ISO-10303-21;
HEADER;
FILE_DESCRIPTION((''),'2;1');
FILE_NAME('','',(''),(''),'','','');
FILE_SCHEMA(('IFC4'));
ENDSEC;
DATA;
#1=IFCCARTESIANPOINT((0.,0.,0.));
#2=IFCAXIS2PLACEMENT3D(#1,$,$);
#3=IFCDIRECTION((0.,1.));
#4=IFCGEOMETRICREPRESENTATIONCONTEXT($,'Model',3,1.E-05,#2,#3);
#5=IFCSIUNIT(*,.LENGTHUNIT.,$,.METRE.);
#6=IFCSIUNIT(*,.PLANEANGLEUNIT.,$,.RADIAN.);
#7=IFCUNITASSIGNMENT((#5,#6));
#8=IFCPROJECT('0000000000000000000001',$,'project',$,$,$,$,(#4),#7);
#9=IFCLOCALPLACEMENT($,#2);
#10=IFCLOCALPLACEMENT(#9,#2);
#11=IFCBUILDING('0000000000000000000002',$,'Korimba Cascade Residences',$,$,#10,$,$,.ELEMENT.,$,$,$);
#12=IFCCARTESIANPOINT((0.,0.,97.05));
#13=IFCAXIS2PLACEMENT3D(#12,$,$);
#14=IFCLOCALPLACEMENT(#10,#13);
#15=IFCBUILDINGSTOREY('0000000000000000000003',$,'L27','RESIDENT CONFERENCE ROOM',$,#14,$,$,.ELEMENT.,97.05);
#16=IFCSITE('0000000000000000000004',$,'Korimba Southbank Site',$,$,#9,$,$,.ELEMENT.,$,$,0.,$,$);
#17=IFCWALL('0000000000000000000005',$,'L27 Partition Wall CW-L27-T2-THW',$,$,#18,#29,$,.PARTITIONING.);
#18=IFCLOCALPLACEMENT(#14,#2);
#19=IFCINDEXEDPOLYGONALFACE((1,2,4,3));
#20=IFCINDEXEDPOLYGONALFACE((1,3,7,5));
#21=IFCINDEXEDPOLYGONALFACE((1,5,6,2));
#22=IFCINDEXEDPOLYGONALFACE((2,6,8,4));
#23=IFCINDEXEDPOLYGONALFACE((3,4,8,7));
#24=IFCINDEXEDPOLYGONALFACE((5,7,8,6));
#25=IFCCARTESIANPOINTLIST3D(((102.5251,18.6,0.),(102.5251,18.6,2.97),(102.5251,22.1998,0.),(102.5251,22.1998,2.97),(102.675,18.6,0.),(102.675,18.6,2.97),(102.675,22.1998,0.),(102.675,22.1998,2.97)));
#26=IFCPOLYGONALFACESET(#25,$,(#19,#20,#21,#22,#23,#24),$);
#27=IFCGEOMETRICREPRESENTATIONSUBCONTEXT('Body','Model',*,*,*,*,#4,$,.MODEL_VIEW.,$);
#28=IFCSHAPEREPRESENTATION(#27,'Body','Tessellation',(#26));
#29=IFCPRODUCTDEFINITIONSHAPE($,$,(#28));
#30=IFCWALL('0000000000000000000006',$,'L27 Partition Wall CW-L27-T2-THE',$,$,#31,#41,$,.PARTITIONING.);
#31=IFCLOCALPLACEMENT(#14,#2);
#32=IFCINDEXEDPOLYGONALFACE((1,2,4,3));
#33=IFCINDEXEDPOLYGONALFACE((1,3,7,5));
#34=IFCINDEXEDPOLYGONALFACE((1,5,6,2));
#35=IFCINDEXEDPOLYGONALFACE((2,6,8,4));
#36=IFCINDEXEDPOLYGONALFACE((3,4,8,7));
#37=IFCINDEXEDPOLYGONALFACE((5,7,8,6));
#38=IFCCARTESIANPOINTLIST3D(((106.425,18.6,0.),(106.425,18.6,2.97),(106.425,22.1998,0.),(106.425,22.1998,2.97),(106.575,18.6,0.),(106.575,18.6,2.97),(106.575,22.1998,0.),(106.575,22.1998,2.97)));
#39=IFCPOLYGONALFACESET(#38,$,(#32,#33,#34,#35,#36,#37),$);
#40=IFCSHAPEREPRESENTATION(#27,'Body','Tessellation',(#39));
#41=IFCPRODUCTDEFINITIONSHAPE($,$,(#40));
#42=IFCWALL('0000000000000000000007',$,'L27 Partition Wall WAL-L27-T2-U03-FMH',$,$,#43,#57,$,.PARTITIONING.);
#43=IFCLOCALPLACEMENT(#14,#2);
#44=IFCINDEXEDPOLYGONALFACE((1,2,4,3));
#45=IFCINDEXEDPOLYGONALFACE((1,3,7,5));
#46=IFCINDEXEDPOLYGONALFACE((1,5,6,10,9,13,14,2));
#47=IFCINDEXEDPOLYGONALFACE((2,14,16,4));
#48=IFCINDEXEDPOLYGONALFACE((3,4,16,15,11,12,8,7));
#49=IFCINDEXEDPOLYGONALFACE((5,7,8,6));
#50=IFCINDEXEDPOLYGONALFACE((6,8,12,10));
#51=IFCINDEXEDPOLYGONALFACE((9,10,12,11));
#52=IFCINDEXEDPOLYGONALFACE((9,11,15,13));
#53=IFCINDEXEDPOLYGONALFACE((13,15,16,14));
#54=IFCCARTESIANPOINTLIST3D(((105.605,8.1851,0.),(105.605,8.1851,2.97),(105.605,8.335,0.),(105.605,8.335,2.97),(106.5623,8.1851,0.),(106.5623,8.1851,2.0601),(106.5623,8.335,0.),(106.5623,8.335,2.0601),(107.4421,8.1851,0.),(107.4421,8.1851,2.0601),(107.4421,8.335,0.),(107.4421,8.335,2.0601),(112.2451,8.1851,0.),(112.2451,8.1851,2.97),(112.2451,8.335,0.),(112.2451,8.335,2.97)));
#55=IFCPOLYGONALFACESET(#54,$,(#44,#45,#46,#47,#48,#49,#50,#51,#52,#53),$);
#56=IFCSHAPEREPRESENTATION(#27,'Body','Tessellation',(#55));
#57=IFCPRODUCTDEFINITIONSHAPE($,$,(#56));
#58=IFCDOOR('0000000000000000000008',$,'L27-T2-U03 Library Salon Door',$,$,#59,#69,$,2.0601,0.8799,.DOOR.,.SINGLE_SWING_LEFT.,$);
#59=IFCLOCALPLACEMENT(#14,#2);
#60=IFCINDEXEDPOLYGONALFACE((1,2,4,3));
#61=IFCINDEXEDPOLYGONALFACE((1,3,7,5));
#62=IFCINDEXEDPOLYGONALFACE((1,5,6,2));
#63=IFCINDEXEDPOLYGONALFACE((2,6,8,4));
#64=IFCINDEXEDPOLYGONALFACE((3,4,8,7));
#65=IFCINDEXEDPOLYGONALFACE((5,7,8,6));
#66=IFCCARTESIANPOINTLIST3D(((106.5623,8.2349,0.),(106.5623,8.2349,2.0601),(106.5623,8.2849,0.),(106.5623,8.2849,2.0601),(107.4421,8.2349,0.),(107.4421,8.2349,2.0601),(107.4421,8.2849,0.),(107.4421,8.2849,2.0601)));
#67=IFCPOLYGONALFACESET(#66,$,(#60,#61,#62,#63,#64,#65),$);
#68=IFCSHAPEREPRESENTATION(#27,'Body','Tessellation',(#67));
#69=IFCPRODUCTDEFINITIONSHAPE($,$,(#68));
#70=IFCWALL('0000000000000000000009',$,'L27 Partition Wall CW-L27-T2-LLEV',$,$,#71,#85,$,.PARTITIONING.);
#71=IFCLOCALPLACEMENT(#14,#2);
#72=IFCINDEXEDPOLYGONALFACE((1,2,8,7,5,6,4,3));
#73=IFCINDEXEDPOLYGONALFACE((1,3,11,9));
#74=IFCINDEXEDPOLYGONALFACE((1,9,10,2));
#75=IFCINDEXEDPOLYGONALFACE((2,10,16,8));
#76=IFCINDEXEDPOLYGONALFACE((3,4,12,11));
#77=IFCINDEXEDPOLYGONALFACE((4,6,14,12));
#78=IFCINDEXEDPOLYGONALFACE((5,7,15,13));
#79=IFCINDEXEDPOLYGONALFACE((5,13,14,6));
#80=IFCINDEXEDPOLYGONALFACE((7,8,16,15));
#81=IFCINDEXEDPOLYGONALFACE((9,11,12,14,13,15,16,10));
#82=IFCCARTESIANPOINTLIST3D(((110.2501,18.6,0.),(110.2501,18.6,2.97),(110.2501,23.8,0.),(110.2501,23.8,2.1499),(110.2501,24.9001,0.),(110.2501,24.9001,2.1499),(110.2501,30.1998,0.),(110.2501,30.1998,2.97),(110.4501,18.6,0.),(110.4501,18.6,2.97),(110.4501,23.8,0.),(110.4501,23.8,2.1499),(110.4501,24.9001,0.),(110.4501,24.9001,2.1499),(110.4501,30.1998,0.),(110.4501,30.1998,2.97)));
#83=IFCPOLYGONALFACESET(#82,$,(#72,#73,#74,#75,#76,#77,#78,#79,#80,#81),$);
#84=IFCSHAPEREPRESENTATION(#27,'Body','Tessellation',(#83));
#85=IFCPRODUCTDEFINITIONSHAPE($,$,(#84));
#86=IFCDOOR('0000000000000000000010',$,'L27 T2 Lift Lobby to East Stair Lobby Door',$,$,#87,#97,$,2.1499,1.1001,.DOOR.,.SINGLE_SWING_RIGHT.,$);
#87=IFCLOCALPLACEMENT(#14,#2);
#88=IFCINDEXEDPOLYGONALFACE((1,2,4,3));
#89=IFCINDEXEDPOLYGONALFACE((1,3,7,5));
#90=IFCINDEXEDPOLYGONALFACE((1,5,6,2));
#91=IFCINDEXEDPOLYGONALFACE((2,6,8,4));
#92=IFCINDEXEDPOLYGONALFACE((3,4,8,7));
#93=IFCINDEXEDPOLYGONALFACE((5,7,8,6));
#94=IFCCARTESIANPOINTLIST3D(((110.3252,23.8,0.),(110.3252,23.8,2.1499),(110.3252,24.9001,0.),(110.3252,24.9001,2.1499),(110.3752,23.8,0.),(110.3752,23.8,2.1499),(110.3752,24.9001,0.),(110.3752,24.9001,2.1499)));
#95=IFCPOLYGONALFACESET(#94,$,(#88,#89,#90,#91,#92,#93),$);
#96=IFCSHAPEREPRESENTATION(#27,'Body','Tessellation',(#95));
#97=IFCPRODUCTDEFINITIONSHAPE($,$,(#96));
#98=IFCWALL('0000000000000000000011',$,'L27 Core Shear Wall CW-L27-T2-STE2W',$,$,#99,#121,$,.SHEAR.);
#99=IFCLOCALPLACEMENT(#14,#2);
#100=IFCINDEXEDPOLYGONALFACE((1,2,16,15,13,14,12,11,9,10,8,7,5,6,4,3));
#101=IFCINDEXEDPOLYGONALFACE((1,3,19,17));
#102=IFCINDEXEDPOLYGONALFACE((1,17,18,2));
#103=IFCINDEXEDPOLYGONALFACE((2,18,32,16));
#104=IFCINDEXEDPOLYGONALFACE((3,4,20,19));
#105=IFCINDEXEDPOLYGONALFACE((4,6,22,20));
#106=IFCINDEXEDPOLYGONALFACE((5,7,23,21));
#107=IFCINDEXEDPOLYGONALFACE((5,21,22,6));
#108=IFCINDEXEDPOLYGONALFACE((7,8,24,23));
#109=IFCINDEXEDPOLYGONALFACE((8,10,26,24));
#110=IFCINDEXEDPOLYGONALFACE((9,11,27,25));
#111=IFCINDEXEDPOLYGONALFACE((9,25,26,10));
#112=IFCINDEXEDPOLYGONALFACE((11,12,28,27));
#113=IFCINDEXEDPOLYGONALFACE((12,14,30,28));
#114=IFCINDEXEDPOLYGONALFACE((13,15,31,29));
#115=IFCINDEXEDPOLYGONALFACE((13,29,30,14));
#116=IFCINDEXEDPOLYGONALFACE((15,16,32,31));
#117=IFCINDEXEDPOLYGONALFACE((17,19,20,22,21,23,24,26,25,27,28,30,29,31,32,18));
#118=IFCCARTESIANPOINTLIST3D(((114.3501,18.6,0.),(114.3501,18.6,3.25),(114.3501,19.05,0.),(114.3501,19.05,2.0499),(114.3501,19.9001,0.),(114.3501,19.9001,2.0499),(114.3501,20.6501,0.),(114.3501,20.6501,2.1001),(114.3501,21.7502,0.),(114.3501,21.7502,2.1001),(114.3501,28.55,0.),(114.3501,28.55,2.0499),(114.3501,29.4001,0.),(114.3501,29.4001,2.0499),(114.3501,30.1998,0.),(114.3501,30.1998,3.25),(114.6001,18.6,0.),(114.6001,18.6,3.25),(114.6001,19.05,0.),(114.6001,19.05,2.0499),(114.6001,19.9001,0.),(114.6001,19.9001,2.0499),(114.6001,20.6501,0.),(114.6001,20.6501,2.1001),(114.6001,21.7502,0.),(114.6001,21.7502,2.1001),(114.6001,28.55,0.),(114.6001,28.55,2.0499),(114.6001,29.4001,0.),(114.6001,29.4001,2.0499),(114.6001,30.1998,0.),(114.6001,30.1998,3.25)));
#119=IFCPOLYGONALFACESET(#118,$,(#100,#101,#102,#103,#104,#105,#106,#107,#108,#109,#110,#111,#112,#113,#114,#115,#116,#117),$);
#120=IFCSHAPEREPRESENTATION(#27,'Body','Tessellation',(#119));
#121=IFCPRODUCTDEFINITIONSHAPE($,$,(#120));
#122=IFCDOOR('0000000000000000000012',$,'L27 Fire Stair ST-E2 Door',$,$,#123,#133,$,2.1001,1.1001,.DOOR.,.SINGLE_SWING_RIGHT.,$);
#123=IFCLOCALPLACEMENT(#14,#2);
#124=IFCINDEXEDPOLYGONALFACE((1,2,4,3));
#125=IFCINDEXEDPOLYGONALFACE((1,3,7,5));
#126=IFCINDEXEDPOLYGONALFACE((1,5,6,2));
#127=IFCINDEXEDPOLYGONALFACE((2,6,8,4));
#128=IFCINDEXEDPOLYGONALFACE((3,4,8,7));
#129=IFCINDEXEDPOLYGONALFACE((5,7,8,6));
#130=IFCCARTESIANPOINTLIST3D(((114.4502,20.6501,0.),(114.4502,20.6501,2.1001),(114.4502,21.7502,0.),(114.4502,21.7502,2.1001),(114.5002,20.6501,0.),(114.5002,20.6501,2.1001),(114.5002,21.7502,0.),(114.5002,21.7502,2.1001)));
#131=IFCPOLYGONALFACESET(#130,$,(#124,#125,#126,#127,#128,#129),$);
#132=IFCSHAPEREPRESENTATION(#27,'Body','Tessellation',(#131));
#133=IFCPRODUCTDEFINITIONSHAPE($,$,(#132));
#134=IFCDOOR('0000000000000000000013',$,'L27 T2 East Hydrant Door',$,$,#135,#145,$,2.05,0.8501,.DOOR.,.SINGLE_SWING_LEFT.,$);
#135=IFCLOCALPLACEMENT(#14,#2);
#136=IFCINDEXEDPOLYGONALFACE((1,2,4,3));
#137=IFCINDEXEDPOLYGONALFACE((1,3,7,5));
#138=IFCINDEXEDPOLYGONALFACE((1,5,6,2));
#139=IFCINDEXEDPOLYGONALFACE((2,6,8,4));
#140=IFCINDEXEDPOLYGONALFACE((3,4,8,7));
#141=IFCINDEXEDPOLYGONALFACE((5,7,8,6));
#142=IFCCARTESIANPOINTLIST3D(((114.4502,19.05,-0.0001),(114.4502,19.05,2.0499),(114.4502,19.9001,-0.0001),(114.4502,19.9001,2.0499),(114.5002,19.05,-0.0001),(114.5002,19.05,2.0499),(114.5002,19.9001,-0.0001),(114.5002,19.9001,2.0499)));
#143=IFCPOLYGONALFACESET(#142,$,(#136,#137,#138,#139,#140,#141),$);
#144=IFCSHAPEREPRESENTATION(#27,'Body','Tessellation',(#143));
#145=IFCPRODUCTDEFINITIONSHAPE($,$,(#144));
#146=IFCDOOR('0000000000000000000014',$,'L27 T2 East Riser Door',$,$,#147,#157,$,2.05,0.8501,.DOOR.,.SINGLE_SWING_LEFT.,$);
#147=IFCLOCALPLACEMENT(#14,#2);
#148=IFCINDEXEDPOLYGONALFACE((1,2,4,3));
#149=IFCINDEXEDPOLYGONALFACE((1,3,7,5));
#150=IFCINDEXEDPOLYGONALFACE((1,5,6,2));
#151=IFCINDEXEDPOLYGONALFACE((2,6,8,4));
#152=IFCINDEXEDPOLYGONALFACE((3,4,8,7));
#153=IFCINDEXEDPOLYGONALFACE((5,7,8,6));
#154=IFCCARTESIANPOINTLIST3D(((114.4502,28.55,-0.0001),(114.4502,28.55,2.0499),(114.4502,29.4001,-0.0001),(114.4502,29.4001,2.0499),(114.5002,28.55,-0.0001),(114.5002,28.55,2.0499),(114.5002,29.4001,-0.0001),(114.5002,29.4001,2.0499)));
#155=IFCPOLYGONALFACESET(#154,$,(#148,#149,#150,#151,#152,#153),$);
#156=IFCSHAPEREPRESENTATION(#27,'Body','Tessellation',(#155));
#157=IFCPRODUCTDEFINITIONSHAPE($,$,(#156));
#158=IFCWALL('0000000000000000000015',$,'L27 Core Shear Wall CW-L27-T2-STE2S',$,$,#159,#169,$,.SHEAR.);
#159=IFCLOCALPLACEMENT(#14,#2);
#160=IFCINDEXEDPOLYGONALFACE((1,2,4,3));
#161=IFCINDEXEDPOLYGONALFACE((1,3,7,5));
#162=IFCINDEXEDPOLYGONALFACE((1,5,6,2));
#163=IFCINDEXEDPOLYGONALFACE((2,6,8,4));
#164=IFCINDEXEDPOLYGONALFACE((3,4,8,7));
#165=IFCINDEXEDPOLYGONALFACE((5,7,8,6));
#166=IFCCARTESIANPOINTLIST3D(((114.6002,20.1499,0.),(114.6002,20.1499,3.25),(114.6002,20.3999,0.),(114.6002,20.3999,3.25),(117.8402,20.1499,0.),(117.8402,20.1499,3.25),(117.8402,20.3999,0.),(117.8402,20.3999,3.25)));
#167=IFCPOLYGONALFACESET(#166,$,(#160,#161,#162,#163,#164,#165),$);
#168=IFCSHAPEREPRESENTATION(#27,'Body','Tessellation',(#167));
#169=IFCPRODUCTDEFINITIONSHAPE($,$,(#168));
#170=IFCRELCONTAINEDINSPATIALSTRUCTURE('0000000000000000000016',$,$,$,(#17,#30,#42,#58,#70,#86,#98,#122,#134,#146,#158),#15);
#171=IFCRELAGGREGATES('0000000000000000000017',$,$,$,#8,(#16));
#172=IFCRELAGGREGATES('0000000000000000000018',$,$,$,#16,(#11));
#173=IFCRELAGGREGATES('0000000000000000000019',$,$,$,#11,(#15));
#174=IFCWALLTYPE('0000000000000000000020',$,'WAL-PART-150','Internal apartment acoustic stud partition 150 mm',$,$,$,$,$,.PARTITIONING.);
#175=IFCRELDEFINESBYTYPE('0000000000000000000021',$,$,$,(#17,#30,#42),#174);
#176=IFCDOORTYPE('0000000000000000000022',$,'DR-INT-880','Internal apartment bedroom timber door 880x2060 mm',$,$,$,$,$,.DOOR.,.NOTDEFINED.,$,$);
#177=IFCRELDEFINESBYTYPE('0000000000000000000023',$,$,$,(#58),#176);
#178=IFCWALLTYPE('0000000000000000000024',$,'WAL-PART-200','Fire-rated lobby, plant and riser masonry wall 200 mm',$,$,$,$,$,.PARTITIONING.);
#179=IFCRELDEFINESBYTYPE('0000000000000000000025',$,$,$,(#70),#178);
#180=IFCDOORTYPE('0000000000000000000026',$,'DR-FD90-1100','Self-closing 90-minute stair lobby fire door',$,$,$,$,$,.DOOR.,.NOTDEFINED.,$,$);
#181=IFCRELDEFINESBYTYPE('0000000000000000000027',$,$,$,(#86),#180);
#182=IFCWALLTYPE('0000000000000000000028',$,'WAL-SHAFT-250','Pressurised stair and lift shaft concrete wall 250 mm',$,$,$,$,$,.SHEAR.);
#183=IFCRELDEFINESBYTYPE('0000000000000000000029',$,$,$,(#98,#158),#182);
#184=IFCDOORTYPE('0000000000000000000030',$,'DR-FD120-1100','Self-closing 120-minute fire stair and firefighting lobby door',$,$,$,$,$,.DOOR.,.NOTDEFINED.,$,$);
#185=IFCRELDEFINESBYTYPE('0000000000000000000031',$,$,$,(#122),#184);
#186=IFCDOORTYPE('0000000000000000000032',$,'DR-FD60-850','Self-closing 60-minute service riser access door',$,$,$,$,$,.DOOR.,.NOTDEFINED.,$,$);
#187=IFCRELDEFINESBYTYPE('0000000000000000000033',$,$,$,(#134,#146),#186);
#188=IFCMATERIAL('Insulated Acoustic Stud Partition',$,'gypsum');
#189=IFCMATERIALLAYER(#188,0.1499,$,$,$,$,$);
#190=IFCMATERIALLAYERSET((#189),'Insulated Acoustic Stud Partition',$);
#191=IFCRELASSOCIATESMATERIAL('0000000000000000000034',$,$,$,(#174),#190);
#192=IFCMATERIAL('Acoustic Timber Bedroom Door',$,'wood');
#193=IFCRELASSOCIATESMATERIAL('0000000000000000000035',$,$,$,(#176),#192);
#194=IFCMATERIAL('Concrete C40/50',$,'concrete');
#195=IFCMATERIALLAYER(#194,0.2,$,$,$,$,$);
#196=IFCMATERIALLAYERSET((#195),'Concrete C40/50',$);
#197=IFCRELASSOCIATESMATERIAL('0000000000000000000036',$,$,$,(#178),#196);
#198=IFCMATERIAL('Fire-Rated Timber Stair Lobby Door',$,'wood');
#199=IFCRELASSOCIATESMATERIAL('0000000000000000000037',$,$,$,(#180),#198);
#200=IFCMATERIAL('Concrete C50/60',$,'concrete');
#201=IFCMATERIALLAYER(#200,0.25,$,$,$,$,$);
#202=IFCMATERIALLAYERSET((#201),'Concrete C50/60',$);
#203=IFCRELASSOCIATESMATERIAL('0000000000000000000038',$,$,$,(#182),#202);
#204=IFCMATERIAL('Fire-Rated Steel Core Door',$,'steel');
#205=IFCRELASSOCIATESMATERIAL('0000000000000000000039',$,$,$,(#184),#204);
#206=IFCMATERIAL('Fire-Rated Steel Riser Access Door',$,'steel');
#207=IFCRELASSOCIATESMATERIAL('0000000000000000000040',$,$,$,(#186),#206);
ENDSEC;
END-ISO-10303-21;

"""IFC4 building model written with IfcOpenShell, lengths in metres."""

from ifc_helpers import new_model, si_unit, direction, frame, frame_2d, origin, place, context, subcontext, project, spatial, rectangle, extrude, material, layer, layer_set, type_object, element, fill, save


model = new_model("IFC4")

# Units and contexts
model_context = context("Model", 3, precision=1e-05, world=origin(), true_north=direction((0.0, 1.0)))
body_context = subcontext(model_context, "Body", "Model", "MODEL_VIEW")
ifc_project = project(units=[si_unit("LENGTHUNIT", "METRE"), si_unit("PLANEANGLEUNIT", "RADIAN")], contexts=[model_context])

# Site, building, storey
site_placement = place(None, origin())
site = spatial("IfcSite", under=ifc_project, at=site_placement, Name="Korimba Southbank Site", CompositionType="ELEMENT", RefElevation=0.0)
building_placement = place(site_placement, origin())
building = spatial("IfcBuilding", under=site, at=building_placement, Name="Korimba Cascade Residences", CompositionType="ELEMENT")
storey_placement = place(building_placement, frame((0.0, 0.0, 97.05)))
storey = spatial("IfcBuildingStorey", under=building, at=storey_placement, Name="L27", Description="RESIDENT CONFERENCE ROOM", CompositionType="ELEMENT", Elevation=97.05)

# Walls
ifc_material_1 = material(Name="Insulated Acoustic Stud Partition", Category="gypsum")
ifc_layer_1 = layer(ifc_material_1, 0.1499)
ifc_layer_set_1 = layer_set([ifc_layer_1], Name="Insulated Acoustic Stud Partition")
wall_type_1 = type_object("IfcWallType", Name="WAL-PART-150", Description="Internal apartment acoustic stud partition 150 mm", PredefinedType="PARTITIONING", material=ifc_layer_set_1)
for number, where, z_axis, x_axis, name in (
    (1, (102.6001, 18.6001, 0.0), (0.0, 0.0, 1.0), (0.0, 1.0, 0.0), "L27 Partition Wall CW-L27-T2-THW"),
    (2, (106.5, 18.6001, 0.0), (0.0, 0.0, 1.0), (0.0, 1.0, 0.0), "L27 Partition Wall CW-L27-T2-THE"),
):
    element("IfcWall", number, at=place(storey_placement, frame(where, z_axis=z_axis, x_axis=x_axis)), inside=storey, type_object=wall_type_1, Name=name, PredefinedType="PARTITIONING", context=body_context, shape_type="SweptSolid", body=[
        extrude(rectangle(XDim=3.5999, YDim=0.1499, at=frame_2d((1.7998, 0.0))), origin(), (0.0, 0.0, 1.0), 2.97),
    ])

# Walls, openings, doors
wall_1_placement = place(storey_placement, frame((105.605, 8.26, 0.0), z_axis=(0.0, 0.0, 1.0), x_axis=(1.0, 0.0, 0.0)))
wall_1 = element("IfcWall", 3, at=wall_1_placement, inside=storey, type_object=wall_type_1, Name="L27 Partition Wall WAL-L27-T2-U03-FMH", PredefinedType="PARTITIONING", context=body_context, shape_type="SweptSolid", body=[
    extrude(rectangle(XDim=6.6401, YDim=0.1499, at=frame_2d((3.3201, 0.0))), origin(), (0.0, 0.0, 1.0), 2.97),
])
opening_1_placement = place(wall_1_placement, frame((0.9573, 0.0, 0.0)))
opening_1 = element("IfcOpeningElement", 4, at=opening_1_placement, cuts=wall_1, PredefinedType="OPENING", context=body_context, shape_type="SweptSolid", body=[
    extrude(rectangle(XDim=0.8799, YDim=2.0601, at=frame_2d((0.4399, 1.03))), frame((0.0, 0.085, 0.0), z_axis=(0.0, -1.0, 0.0), x_axis=(1.0, 0.0, 0.0)), (0.0, 0.0, 1.0), 0.1699),
])
ifc_material_2 = material(Name="Acoustic Timber Bedroom Door", Category="wood")
door_type_1 = type_object("IfcDoorType", Name="DR-INT-880", Description="Internal apartment bedroom timber door 880x2060 mm", OperationType="NOTDEFINED", PredefinedType="DOOR", material=ifc_material_2)
door_1_placement = place(opening_1_placement, origin())
door_1 = element("IfcDoor", 5, at=door_1_placement, inside=storey, type_object=door_type_1, Name="L27-T2-U03 Library Salon Door", OperationType="SINGLE_SWING_LEFT", OverallHeight=2.0601, OverallWidth=0.8799, PredefinedType="DOOR", context=body_context, shape_type="SweptSolid", body=[
    extrude(rectangle(XDim=0.8799, YDim=2.0601, at=frame_2d((0.4399, 1.03))), frame((0.0, 0.0249, 0.0), z_axis=(0.0, -1.0, 0.0), x_axis=(1.0, 0.0, 0.0)), (0.0, 0.0, 1.0), 0.05),
])
fill(opening_1, door_1)
ifc_material_3 = material(Name="Concrete C40/50", Category="concrete")
ifc_layer_2 = layer(ifc_material_3, 0.2)
ifc_layer_set_2 = layer_set([ifc_layer_2], Name="Concrete C40/50")
wall_type_2 = type_object("IfcWallType", Name="WAL-PART-200", Description="Fire-rated lobby, plant and riser masonry wall 200 mm", PredefinedType="PARTITIONING", material=ifc_layer_set_2)
wall_2_placement = place(storey_placement, frame((110.3501, 18.6001, 0.0), z_axis=(0.0, 0.0, 1.0), x_axis=(0.0, 1.0, 0.0)))
wall_2 = element("IfcWall", 6, at=wall_2_placement, inside=storey, type_object=wall_type_2, Name="L27 Partition Wall CW-L27-T2-LLEV", PredefinedType="PARTITIONING", context=body_context, shape_type="SweptSolid", body=[
    extrude(rectangle(XDim=11.5999, YDim=0.2, at=frame_2d((5.7998, 0.0))), origin(), (0.0, 0.0, 1.0), 2.97),
])
opening_2_placement = place(wall_2_placement, frame((5.2, 0.0, 0.0)))
opening_2 = element("IfcOpeningElement", 7, at=opening_2_placement, cuts=wall_2, PredefinedType="OPENING", context=body_context, shape_type="SweptSolid", body=[
    extrude(rectangle(XDim=1.1001, YDim=2.1499, at=frame_2d((0.55, 1.075))), frame((0.0, 0.1099, 0.0), z_axis=(0.0, -1.0, 0.0), x_axis=(1.0, 0.0, 0.0)), (0.0, 0.0, 1.0), 0.22),
])
ifc_material_4 = material(Name="Fire-Rated Timber Stair Lobby Door", Category="wood")
door_type_2 = type_object("IfcDoorType", Name="DR-FD90-1100", Description="Self-closing 90-minute stair lobby fire door", OperationType="NOTDEFINED", PredefinedType="DOOR", material=ifc_material_4)
door_2_placement = place(opening_2_placement, origin())
door_2 = element("IfcDoor", 8, at=door_2_placement, inside=storey, type_object=door_type_2, Name="L27 T2 Lift Lobby to East Stair Lobby Door", OperationType="SINGLE_SWING_RIGHT", OverallHeight=2.1499, OverallWidth=1.1001, PredefinedType="DOOR", context=body_context, shape_type="SweptSolid", body=[
    extrude(rectangle(XDim=1.1001, YDim=2.1499, at=frame_2d((0.55, 1.075))), frame((0.0, 0.0249, 0.0), z_axis=(0.0, -1.0, 0.0), x_axis=(1.0, 0.0, 0.0)), (0.0, 0.0, 1.0), 0.05),
])
fill(opening_2, door_2)

# Wall, openings, doors
ifc_material_5 = material(Name="Concrete C50/60", Category="concrete")
ifc_layer_3 = layer(ifc_material_5, 0.25)
ifc_layer_set_3 = layer_set([ifc_layer_3], Name="Concrete C50/60")
wall_type_3 = type_object("IfcWallType", Name="WAL-SHAFT-250", Description="Pressurised stair and lift shaft concrete wall 250 mm", PredefinedType="SHEAR", material=ifc_layer_set_3)
wall_3_placement = place(storey_placement, frame((114.4751, 18.6001, 0.0), z_axis=(0.0, 0.0, 1.0), x_axis=(0.0, 1.0, 0.0)))
wall_3 = element("IfcWall", 9, at=wall_3_placement, inside=storey, type_object=wall_type_3, Name="L27 Core Shear Wall CW-L27-T2-STE2W", PredefinedType="SHEAR", context=body_context, shape_type="SweptSolid", body=[
    extrude(rectangle(XDim=11.5999, YDim=0.25, at=frame_2d((5.7998, 0.0))), origin(), (0.0, 0.0, 1.0), 3.25),
])
opening_3_placement = place(wall_3_placement, frame((0.45, 0.0, 0.0)))
opening_3 = element("IfcOpeningElement", 10, at=opening_3_placement, cuts=wall_3, PredefinedType="OPENING", context=body_context, shape_type="SweptSolid", body=[
    extrude(rectangle(XDim=0.8501, YDim=2.05, at=frame_2d((0.425, 1.0249))), frame((0.0, 0.135, 0.0), z_axis=(0.0, -1.0, 0.0), x_axis=(1.0, 0.0, 0.0)), (0.0, 0.0, 1.0), 0.27),
])
opening_4_placement = place(wall_3_placement, frame((2.05, 0.0, 0.0)))
opening_4 = element("IfcOpeningElement", 11, at=opening_4_placement, cuts=wall_3, PredefinedType="OPENING", context=body_context, shape_type="SweptSolid", body=[
    extrude(rectangle(XDim=1.1001, YDim=2.1001, at=frame_2d((0.55, 1.05))), frame((0.0, 0.135, 0.0), z_axis=(0.0, -1.0, 0.0), x_axis=(1.0, 0.0, 0.0)), (0.0, 0.0, 1.0), 0.27),
])
opening_5_placement = place(wall_3_placement, frame((9.95, 0.0, 0.0)))
opening_5 = element("IfcOpeningElement", 12, at=opening_5_placement, cuts=wall_3, PredefinedType="OPENING", context=body_context, shape_type="SweptSolid", body=[
    extrude(rectangle(XDim=0.8501, YDim=2.05, at=frame_2d((0.425, 1.0249))), frame((0.0, 0.135, 0.0), z_axis=(0.0, -1.0, 0.0), x_axis=(1.0, 0.0, 0.0)), (0.0, 0.0, 1.0), 0.27),
])
ifc_material_6 = material(Name="Fire-Rated Steel Core Door", Category="steel")
door_type_3 = type_object("IfcDoorType", Name="DR-FD120-1100", Description="Self-closing 120-minute fire stair and firefighting lobby door", OperationType="NOTDEFINED", PredefinedType="DOOR", material=ifc_material_6)
door_3_placement = place(opening_4_placement, origin())
door_3 = element("IfcDoor", 13, at=door_3_placement, inside=storey, type_object=door_type_3, Name="L27 Fire Stair ST-E2 Door", OperationType="SINGLE_SWING_RIGHT", OverallHeight=2.1001, OverallWidth=1.1001, PredefinedType="DOOR", context=body_context, shape_type="SweptSolid", body=[
    extrude(rectangle(XDim=1.1001, YDim=2.1001, at=frame_2d((0.55, 1.05))), frame((0.0, 0.0249, 0.0), z_axis=(0.0, -1.0, 0.0), x_axis=(1.0, 0.0, 0.0)), (0.0, 0.0, 1.0), 0.05),
])
fill(opening_4, door_3)
ifc_material_7 = material(Name="Fire-Rated Steel Riser Access Door", Category="steel")
door_type_4 = type_object("IfcDoorType", Name="DR-FD60-850", Description="Self-closing 60-minute service riser access door", OperationType="NOTDEFINED", PredefinedType="DOOR", material=ifc_material_7)
door_4_placement = place(opening_3_placement, origin())
door_4 = element("IfcDoor", 14, at=door_4_placement, inside=storey, type_object=door_type_4, Name="L27 T2 East Hydrant Door", OperationType="SINGLE_SWING_LEFT", OverallHeight=2.05, OverallWidth=0.8501, PredefinedType="DOOR", context=body_context, shape_type="SweptSolid", body=[
    extrude(rectangle(XDim=0.8501, YDim=2.05, at=frame_2d((0.425, 1.0249))), frame((0.0, 0.0249, 0.0), z_axis=(0.0, -1.0, 0.0), x_axis=(1.0, 0.0, 0.0)), (0.0, 0.0, 1.0), 0.05),
])
fill(opening_3, door_4)
door_5_placement = place(opening_5_placement, origin())
door_5 = element("IfcDoor", 15, at=door_5_placement, inside=storey, type_object=door_type_4, Name="L27 T2 East Riser Door", OperationType="SINGLE_SWING_LEFT", OverallHeight=2.05, OverallWidth=0.8501, PredefinedType="DOOR", context=body_context, shape_type="SweptSolid", body=[
    extrude(rectangle(XDim=0.8501, YDim=2.05, at=frame_2d((0.425, 1.0249))), frame((0.0, 0.0249, 0.0), z_axis=(0.0, -1.0, 0.0), x_axis=(1.0, 0.0, 0.0)), (0.0, 0.0, 1.0), 0.05),
])
fill(opening_5, door_5)

# Wall
wall_4_placement = place(storey_placement, frame((114.6001, 20.2749, 0.0), z_axis=(0.0, 0.0, 1.0), x_axis=(1.0, 0.0, 0.0)))
element("IfcWall", 16, at=wall_4_placement, inside=storey, type_object=wall_type_3, Name="L27 Core Shear Wall CW-L27-T2-STE2S", PredefinedType="SHEAR", context=body_context, shape_type="SweptSolid", body=[
    extrude(rectangle(XDim=3.24, YDim=0.25, at=frame_2d((1.6201, 0.0))), origin(), (0.0, 0.0, 1.0), 3.25),
])

save(model, "model.ifc")
